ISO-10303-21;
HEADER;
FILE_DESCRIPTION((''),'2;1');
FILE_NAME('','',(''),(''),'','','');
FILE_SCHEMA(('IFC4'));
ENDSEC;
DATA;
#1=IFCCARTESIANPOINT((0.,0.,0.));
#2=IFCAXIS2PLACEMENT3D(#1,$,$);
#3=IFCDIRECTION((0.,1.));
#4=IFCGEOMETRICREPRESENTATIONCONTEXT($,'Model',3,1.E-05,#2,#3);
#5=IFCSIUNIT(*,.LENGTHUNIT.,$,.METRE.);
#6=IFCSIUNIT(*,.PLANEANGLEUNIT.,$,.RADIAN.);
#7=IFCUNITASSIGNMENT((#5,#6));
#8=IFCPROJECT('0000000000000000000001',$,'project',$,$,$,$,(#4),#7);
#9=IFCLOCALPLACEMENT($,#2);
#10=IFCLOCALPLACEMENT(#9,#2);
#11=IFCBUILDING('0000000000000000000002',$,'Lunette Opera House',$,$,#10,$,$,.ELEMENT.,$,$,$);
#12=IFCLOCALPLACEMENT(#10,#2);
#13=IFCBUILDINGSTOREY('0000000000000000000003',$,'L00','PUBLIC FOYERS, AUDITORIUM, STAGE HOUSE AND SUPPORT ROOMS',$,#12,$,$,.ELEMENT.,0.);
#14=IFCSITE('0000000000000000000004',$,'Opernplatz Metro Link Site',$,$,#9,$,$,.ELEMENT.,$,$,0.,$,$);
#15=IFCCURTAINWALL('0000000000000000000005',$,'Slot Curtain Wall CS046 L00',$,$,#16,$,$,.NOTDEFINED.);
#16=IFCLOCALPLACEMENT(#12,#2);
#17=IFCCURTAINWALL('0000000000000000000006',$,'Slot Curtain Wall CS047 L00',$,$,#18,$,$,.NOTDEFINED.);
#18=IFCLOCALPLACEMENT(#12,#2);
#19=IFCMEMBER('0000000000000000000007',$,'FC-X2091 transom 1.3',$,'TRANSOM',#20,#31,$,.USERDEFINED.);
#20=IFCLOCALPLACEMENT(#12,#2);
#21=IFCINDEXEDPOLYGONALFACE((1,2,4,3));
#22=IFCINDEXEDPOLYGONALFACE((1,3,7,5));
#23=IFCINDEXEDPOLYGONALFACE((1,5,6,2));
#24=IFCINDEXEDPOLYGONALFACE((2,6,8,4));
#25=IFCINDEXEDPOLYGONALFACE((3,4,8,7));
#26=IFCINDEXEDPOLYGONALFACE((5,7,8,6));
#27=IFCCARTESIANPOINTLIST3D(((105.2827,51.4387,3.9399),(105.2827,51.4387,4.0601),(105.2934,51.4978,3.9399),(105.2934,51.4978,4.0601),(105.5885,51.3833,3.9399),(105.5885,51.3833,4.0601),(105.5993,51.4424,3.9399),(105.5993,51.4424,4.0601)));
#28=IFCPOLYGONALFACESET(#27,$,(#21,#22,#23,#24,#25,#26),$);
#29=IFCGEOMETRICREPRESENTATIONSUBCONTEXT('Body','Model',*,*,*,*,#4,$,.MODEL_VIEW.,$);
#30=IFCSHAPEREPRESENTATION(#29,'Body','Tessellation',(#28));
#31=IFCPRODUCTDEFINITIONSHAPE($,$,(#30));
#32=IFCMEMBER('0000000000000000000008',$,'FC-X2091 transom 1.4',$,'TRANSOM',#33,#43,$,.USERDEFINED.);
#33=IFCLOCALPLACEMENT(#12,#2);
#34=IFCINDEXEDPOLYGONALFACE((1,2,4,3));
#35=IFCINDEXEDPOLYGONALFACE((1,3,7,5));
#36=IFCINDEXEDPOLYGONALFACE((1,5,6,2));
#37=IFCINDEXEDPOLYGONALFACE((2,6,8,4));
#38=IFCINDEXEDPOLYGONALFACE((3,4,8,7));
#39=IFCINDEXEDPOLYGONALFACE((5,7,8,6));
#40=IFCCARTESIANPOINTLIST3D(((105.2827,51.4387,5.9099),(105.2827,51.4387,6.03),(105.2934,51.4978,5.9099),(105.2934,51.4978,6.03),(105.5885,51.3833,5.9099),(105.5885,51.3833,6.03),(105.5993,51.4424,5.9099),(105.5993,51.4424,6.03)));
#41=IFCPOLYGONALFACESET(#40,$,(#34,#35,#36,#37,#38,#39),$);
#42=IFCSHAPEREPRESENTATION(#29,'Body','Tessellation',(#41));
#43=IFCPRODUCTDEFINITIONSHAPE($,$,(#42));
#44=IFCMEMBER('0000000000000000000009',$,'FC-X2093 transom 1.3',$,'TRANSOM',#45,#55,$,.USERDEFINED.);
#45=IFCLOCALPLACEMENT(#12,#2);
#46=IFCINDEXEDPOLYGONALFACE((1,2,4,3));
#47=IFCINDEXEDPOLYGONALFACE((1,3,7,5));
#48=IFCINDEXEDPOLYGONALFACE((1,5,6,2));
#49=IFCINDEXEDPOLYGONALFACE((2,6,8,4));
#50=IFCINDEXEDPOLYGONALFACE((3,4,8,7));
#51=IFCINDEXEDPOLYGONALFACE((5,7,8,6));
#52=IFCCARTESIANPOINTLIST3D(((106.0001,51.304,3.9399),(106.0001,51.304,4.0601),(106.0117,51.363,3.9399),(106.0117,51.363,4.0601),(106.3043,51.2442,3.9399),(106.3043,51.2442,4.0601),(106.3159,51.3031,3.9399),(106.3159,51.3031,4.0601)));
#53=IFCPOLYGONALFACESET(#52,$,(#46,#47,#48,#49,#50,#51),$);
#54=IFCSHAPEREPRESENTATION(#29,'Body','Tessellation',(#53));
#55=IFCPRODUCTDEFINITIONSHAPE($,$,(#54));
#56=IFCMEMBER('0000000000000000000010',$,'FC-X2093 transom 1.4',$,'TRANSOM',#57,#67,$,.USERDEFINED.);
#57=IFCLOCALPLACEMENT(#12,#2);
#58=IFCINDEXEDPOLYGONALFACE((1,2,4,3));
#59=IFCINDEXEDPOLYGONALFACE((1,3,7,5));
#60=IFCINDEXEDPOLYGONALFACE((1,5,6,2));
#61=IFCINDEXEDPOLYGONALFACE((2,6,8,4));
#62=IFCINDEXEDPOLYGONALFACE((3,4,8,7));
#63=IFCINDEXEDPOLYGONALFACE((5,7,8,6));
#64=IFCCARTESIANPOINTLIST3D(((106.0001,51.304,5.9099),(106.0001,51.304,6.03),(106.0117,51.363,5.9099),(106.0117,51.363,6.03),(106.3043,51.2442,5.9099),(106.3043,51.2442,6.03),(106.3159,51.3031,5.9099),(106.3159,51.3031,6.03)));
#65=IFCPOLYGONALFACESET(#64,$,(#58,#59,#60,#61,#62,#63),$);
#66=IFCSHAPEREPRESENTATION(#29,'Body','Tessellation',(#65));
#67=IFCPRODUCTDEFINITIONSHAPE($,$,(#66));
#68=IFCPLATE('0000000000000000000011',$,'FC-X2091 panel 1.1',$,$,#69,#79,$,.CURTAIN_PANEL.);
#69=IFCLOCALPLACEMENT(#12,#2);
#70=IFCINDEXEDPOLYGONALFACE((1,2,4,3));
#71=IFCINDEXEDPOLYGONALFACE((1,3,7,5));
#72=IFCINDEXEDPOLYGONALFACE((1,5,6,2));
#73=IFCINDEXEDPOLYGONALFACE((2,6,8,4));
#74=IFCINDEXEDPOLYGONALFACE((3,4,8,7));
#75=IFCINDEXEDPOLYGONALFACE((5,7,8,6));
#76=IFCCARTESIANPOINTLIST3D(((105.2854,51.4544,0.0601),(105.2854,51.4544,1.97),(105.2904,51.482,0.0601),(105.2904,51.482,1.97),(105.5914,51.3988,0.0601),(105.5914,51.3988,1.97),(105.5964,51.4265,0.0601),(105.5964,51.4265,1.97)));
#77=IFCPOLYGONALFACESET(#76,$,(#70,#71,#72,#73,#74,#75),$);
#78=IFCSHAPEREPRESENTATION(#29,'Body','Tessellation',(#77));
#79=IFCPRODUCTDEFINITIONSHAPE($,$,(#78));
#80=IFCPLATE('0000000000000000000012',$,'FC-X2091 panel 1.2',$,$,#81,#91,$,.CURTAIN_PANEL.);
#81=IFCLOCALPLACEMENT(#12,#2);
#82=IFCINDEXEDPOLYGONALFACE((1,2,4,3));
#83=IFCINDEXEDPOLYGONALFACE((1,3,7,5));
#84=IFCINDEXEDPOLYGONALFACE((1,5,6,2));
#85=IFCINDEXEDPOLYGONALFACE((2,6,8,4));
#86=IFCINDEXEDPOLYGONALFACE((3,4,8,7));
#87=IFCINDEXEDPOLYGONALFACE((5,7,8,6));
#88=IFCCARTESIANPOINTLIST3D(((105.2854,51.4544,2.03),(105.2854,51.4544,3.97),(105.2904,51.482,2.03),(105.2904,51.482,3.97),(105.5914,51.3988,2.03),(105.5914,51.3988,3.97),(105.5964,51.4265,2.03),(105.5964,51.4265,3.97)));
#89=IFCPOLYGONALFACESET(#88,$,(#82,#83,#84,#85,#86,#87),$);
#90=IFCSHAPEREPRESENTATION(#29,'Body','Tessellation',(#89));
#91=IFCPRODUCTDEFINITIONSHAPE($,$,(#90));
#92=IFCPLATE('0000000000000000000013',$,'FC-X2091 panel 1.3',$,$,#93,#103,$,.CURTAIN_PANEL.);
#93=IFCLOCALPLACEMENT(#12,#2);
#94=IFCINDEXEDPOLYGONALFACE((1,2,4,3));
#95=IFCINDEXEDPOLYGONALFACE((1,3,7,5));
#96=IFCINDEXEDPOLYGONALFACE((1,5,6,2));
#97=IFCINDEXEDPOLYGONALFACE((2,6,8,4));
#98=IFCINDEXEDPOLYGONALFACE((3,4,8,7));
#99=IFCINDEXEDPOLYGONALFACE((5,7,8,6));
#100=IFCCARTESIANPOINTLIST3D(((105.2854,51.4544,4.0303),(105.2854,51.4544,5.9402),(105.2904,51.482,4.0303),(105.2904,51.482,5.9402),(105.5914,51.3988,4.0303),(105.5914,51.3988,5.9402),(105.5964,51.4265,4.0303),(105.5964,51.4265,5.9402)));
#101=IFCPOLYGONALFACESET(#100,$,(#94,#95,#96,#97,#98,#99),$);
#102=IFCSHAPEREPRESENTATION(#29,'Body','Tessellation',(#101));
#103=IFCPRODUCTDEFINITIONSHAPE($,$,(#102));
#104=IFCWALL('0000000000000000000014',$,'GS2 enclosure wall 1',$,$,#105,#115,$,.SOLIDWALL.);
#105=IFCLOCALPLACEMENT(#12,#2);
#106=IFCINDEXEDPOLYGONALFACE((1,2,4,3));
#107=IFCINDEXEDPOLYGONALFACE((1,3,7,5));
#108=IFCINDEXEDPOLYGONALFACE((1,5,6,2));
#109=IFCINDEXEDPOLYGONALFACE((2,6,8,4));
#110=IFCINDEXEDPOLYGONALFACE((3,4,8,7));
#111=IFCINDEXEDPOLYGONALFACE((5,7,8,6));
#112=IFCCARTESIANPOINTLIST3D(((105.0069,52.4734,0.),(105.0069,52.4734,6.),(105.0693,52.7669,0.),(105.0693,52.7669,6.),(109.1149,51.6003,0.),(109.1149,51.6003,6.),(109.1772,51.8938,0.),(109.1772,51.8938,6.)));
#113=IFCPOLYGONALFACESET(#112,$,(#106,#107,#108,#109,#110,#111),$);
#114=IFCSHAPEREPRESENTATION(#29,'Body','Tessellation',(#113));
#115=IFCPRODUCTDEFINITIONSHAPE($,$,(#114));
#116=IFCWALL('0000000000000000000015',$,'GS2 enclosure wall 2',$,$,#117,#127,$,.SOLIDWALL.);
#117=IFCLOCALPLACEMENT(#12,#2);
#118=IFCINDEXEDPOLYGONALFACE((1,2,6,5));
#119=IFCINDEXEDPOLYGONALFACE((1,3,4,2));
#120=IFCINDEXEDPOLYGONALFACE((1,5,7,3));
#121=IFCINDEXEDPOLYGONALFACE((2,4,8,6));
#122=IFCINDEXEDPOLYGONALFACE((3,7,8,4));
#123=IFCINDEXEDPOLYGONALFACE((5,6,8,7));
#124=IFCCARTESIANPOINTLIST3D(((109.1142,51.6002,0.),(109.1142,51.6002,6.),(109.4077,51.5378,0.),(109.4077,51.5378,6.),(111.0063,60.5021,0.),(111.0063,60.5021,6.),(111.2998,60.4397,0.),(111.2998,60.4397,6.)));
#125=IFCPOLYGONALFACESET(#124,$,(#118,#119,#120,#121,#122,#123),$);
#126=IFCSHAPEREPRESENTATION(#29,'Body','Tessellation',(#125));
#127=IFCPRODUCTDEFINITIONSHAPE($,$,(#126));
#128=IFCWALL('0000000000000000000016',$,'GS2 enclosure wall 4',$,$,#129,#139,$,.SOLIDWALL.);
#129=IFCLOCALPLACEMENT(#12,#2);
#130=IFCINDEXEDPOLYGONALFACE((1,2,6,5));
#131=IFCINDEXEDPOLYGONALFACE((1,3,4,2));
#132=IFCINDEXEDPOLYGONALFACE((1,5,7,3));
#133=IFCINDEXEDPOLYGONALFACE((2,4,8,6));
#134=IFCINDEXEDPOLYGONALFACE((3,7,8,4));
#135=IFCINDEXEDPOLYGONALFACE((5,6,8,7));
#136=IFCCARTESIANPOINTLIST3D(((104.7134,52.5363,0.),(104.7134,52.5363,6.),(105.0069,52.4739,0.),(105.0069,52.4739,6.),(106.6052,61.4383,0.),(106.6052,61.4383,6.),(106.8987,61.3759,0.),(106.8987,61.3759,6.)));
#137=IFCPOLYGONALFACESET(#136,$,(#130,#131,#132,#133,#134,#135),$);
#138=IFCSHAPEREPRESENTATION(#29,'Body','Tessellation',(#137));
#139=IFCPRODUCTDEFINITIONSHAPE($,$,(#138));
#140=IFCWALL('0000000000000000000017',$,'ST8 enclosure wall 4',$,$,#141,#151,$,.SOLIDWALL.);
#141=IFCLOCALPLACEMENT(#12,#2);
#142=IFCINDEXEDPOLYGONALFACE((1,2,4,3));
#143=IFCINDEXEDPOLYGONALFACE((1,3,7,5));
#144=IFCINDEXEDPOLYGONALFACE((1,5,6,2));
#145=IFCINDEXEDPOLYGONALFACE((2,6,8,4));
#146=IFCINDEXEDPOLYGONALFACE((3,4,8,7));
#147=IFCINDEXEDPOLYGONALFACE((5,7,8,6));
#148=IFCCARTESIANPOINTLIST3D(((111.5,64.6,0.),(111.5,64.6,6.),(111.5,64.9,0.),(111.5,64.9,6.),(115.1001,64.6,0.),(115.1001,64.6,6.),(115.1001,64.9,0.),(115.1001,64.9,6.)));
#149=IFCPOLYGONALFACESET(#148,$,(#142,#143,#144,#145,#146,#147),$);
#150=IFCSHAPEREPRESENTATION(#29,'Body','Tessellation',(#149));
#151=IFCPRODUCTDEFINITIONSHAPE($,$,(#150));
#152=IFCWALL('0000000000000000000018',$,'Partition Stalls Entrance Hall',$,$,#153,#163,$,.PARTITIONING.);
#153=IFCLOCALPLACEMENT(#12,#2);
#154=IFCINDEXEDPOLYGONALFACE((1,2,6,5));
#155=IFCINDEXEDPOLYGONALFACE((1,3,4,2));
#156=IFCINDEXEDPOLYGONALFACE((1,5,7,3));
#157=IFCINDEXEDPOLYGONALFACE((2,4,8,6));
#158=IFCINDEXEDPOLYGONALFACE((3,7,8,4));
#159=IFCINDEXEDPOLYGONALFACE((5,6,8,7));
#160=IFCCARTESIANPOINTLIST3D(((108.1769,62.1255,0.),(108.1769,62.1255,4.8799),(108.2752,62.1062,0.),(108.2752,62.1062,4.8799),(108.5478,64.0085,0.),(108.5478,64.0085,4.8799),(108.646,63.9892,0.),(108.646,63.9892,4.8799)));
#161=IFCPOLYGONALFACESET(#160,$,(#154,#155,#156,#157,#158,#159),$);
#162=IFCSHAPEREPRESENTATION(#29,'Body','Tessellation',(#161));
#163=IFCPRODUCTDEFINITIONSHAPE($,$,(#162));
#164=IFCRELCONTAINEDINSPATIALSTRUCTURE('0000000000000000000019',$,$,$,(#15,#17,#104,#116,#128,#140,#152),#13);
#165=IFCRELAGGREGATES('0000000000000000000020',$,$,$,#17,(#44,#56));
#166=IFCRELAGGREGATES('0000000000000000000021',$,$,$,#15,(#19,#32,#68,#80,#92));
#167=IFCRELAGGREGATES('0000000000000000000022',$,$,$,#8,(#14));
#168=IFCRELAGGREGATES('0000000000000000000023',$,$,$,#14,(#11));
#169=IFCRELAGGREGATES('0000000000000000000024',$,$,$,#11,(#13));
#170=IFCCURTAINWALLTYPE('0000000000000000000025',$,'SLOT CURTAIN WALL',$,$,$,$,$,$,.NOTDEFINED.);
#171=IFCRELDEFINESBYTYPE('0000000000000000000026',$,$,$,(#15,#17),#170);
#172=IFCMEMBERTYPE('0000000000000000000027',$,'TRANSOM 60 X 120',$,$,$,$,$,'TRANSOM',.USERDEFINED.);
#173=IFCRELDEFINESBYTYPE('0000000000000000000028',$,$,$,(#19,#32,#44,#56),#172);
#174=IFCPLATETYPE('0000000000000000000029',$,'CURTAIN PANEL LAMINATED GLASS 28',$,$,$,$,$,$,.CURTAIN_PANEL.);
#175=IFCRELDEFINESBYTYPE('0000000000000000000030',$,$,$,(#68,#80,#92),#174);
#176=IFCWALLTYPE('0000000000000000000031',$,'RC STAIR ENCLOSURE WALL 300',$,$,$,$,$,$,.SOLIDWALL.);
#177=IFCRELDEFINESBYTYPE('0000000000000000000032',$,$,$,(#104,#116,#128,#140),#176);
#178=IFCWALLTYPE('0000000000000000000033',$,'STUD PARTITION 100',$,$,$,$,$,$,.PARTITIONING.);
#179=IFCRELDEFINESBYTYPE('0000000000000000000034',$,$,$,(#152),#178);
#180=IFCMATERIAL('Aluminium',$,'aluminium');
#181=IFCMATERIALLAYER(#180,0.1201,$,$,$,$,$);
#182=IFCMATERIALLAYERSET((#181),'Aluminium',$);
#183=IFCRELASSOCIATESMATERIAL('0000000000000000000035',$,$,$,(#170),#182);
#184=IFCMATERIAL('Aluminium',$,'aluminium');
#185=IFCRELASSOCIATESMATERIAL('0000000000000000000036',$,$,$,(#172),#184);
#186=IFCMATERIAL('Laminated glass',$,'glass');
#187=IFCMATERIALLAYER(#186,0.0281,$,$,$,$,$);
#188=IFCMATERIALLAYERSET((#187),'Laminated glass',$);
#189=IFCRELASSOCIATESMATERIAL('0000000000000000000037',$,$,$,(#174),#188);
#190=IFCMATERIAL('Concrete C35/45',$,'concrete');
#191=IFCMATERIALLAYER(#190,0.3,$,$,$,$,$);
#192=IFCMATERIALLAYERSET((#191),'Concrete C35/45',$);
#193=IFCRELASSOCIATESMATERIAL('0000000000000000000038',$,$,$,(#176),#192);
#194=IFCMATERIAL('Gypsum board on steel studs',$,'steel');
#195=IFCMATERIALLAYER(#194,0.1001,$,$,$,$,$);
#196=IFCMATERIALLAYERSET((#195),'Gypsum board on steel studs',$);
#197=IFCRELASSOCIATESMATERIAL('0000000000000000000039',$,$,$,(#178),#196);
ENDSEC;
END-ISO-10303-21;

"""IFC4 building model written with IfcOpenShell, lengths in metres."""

from ifc_helpers import new_model, si_unit, direction, frame, frame_2d, origin, origin_2d, place, context, subcontext, project, spatial, rectangle, extrude, material, layer, layer_set, material_profile, profile_set, type_object, element, aggregate, save


model = new_model("IFC4")

# Units and contexts
model_context = context("Model", 3, precision=1e-05, world=origin(), true_north=direction((0.0, 1.0)))
body_context = subcontext(model_context, "Body", "Model", "MODEL_VIEW")
ifc_project = project(units=[si_unit("LENGTHUNIT", "METRE"), si_unit("PLANEANGLEUNIT", "RADIAN")], contexts=[model_context])

# Site, building, storey
site_placement = place(None, origin())
site = spatial("IfcSite", under=ifc_project, at=site_placement, Name="Opernplatz Metro Link Site", CompositionType="ELEMENT", RefElevation=0.0)
building_placement = place(site_placement, origin())
building = spatial("IfcBuilding", under=site, at=building_placement, Name="Lunette Opera House", CompositionType="ELEMENT")
storey_placement = place(building_placement, origin())
storey = spatial("IfcBuildingStorey", under=building, at=storey_placement, Name="L00", Description="PUBLIC FOYERS, AUDITORIUM, STAGE HOUSE AND SUPPORT ROOMS", CompositionType="ELEMENT", Elevation=0.0)

# Curtain wall
ifc_material_1 = material(Name="Aluminium", Category="aluminium")
ifc_layer_1 = layer(ifc_material_1, 0.1201)
ifc_layer_set_1 = layer_set([ifc_layer_1], Name="Aluminium")
curtain_wall_type = type_object("IfcCurtainWallType", Name="SLOT CURTAIN WALL", PredefinedType="NOTDEFINED", material=ifc_layer_set_1)
curtain_wall_1_placement = place(storey_placement, origin())
curtain_wall_1 = element("IfcCurtainWall", 1, at=curtain_wall_1_placement, inside=storey, type_object=curtain_wall_type, Name="Slot Curtain Wall CS046 L00", PredefinedType="NOTDEFINED")

# Curtain wall
curtain_wall_2_placement = place(storey_placement, origin())
curtain_wall_2 = element("IfcCurtainWall", 2, at=curtain_wall_2_placement, inside=storey, type_object=curtain_wall_type, Name="Slot Curtain Wall CS047 L00", PredefinedType="NOTDEFINED")

# Members
ifc_material_2 = material(Name="Aluminium", Category="aluminium")
ifc_material_profile_1 = material_profile(ifc_material_2, rectangle(XDim=0.0601, YDim=0.1201, at=origin_2d()), Name="TRANSOM 60 X 120")
ifc_profile_set_1 = profile_set([ifc_material_profile_1], Name="Aluminium")
member_type_1 = type_object("IfcMemberType", Name="TRANSOM 60 X 120", ElementType="TRANSOM", PredefinedType="USERDEFINED", material=ifc_profile_set_1)
member_1_placement = place(storey_placement, frame((105.2881, 51.4683, 4.0), z_axis=(0.983983, -0.178263, 0.0), x_axis=(0.178263, 0.983983, 0.0)))
member_1 = element("IfcMember", 3, at=member_1_placement, type_object=member_type_1, Name="FC-X2091 transom 1.3", ObjectType="TRANSOM", PredefinedType="USERDEFINED", context=body_context, shape_type="SweptSolid", body=[
    extrude(rectangle(XDim=0.0601, YDim=0.1201, at=origin_2d()), origin(), (0.0, 0.0, 1.0), 0.3108),
])
member_2_placement = place(storey_placement, frame((105.2881, 51.4683, 5.97), z_axis=(0.983983, -0.178263, 0.0), x_axis=(0.178263, 0.983983, 0.0)))
member_2 = element("IfcMember", 4, at=member_2_placement, type_object=member_type_1, Name="FC-X2091 transom 1.4", ObjectType="TRANSOM", PredefinedType="USERDEFINED", context=body_context, shape_type="SweptSolid", body=[
    extrude(rectangle(XDim=0.0601, YDim=0.1201, at=origin_2d()), origin(), (0.0, 0.0, 1.0), 0.3108),
])
member_3_placement = place(storey_placement, frame((106.0059, 51.3335, 4.0), z_axis=(0.981212, -0.192935, 0.0), x_axis=(0.192935, 0.981212, 0.0)))
member_3 = element("IfcMember", 5, at=member_3_placement, type_object=member_type_1, Name="FC-X2093 transom 1.3", ObjectType="TRANSOM", PredefinedType="USERDEFINED", context=body_context, shape_type="SweptSolid", body=[
    extrude(rectangle(XDim=0.0601, YDim=0.1201, at=origin_2d()), origin(), (0.0, 0.0, 1.0), 0.3101),
])
member_4_placement = place(storey_placement, frame((106.0059, 51.3335, 5.97), z_axis=(0.981212, -0.192935, 0.0), x_axis=(0.192935, 0.981212, 0.0)))
member_4 = element("IfcMember", 6, at=member_4_placement, type_object=member_type_1, Name="FC-X2093 transom 1.4", ObjectType="TRANSOM", PredefinedType="USERDEFINED", context=body_context, shape_type="SweptSolid", body=[
    extrude(rectangle(XDim=0.0601, YDim=0.1201, at=origin_2d()), origin(), (0.0, 0.0, 1.0), 0.3101),
])
aggregate(curtain_wall_2, [member_3, member_4])

# Plates
ifc_material_3 = material(Name="Laminated glass", Category="glass")
ifc_layer_2 = layer(ifc_material_3, 0.0281)
ifc_layer_set_2 = layer_set([ifc_layer_2], Name="Laminated glass")
plate_type = type_object("IfcPlateType", Name="CURTAIN PANEL LAMINATED GLASS 28", PredefinedType="CURTAIN_PANEL", material=ifc_layer_set_2)
plate_1_placement = place(storey_placement, frame((105.4409, 51.4404, 0.0601), z_axis=(0.0, 0.0, 1.0), x_axis=(0.983907, -0.178681, 0.0)))
plate_1 = element("IfcPlate", 7, at=plate_1_placement, type_object=plate_type, Name="FC-X2091 panel 1.1", PredefinedType="CURTAIN_PANEL", context=body_context, shape_type="SweptSolid", body=[
    extrude(rectangle(XDim=0.311, YDim=0.0281, at=origin_2d()), origin(), (0.0, 0.0, 1.0), 1.9099),
])
plate_2_placement = place(storey_placement, frame((105.4409, 51.4404, 2.03), z_axis=(0.0, 0.0, 1.0), x_axis=(0.983907, -0.178681, 0.0)))
plate_2 = element("IfcPlate", 8, at=plate_2_placement, type_object=plate_type, Name="FC-X2091 panel 1.2", PredefinedType="CURTAIN_PANEL", context=body_context, shape_type="SweptSolid", body=[
    extrude(rectangle(XDim=0.311, YDim=0.0281, at=origin_2d()), origin(), (0.0, 0.0, 1.0), 1.9399),
])
plate_3_placement = place(storey_placement, frame((105.4409, 51.4404, 4.0303), z_axis=(0.0, 0.0, 1.0), x_axis=(0.983907, -0.178681, 0.0)))
plate_3 = element("IfcPlate", 9, at=plate_3_placement, type_object=plate_type, Name="FC-X2091 panel 1.3", PredefinedType="CURTAIN_PANEL", context=body_context, shape_type="SweptSolid", body=[
    extrude(rectangle(XDim=0.311, YDim=0.0281, at=origin_2d()), origin(), (0.0, 0.0, 1.0), 1.9099),
])
aggregate(curtain_wall_1, [member_1, member_2, plate_1, plate_2, plate_3])

# Walls
ifc_material_4 = material(Name="Concrete C35/45", Category="concrete")
ifc_layer_3 = layer(ifc_material_4, 0.3)
ifc_layer_set_3 = layer_set([ifc_layer_3], Name="Concrete C35/45")
wall_type_1 = type_object("IfcWallType", Name="RC STAIR ENCLOSURE WALL 300", PredefinedType="SOLIDWALL", material=ifc_layer_set_3)
wall_1_placement = place(storey_placement, frame((105.0381, 52.6201, 0.0), z_axis=(0.0, 0.0, 1.0), x_axis=(0.978153, -0.207885, 0.0)))
element("IfcWall", 10, at=wall_1_placement, inside=storey, type_object=wall_type_1, Name="GS2 enclosure wall 1", PredefinedType="SOLIDWALL", context=body_context, shape_type="SweptSolid", body=[
    extrude(rectangle(XDim=4.1997, YDim=0.3, at=frame_2d((2.0999, 0.0))), origin(), (0.0, 0.0, 1.0), 6.0),
])
wall_2_placement = place(storey_placement, frame((109.261, 51.5691, 0.0), z_axis=(0.0, 0.0, 1.0), x_axis=(0.207906, 0.978149, 0.0)))
element("IfcWall", 11, at=wall_2_placement, inside=storey, type_object=wall_type_1, Name="GS2 enclosure wall 2", PredefinedType="SOLIDWALL", context=body_context, shape_type="SweptSolid", body=[
    extrude(rectangle(XDim=9.1008, YDim=0.3, at=frame_2d((4.5503, 0.0))), origin(), (0.0, 0.0, 1.0), 6.0),
])

# Walls
wall_3_placement = place(storey_placement, frame((106.752, 61.407, 0.0), z_axis=(0.0, 0.0, 1.0), x_axis=(-0.207874, -0.978156, 0.0)))
element("IfcWall", 12, at=wall_3_placement, inside=storey, type_object=wall_type_1, Name="GS2 enclosure wall 4", PredefinedType="SOLIDWALL", context=body_context, shape_type="SweptSolid", body=[
    extrude(rectangle(XDim=9.1008, YDim=0.3, at=frame_2d((4.5503, 0.0))), origin(), (0.0, 0.0, 1.0), 6.0),
])
wall_4_placement = place(storey_placement, frame((111.5, 64.75, 0.0), z_axis=(0.0, 0.0, 1.0), x_axis=(1.0, 0.0, 0.0)))
element("IfcWall", 13, at=wall_4_placement, inside=storey, type_object=wall_type_1, Name="ST8 enclosure wall 4", PredefinedType="SOLIDWALL", context=body_context, shape_type="SweptSolid", body=[
    extrude(rectangle(XDim=3.6001, YDim=0.3, at=frame_2d((1.8, 0.0))), origin(), (0.0, 0.0, 1.0), 6.0),
])
ifc_material_5 = material(Name="Gypsum board on steel studs", Category="steel")
ifc_layer_4 = layer(ifc_material_5, 0.1001)
ifc_layer_set_4 = layer_set([ifc_layer_4], Name="Gypsum board on steel studs")
wall_type_2 = type_object("IfcWallType", Name="STUD PARTITION 100", PredefinedType="PARTITIONING", material=ifc_layer_set_4)
wall_5_placement = place(storey_placement, frame((108.2261, 62.116, 0.0), z_axis=(0.0, 0.0, 1.0), x_axis=(0.193229, 0.981154, 0.0)))
element("IfcWall", 14, at=wall_5_placement, inside=storey, type_object=wall_type_2, Name="Partition Stalls Entrance Hall", PredefinedType="PARTITIONING", context=body_context, shape_type="SweptSolid", body=[
    extrude(rectangle(XDim=1.9192, YDim=0.1001, at=frame_2d((0.9595, 0.0))), origin(), (0.0, 0.0, 1.0), 4.8799),
])

save(model, "model.ifc")
